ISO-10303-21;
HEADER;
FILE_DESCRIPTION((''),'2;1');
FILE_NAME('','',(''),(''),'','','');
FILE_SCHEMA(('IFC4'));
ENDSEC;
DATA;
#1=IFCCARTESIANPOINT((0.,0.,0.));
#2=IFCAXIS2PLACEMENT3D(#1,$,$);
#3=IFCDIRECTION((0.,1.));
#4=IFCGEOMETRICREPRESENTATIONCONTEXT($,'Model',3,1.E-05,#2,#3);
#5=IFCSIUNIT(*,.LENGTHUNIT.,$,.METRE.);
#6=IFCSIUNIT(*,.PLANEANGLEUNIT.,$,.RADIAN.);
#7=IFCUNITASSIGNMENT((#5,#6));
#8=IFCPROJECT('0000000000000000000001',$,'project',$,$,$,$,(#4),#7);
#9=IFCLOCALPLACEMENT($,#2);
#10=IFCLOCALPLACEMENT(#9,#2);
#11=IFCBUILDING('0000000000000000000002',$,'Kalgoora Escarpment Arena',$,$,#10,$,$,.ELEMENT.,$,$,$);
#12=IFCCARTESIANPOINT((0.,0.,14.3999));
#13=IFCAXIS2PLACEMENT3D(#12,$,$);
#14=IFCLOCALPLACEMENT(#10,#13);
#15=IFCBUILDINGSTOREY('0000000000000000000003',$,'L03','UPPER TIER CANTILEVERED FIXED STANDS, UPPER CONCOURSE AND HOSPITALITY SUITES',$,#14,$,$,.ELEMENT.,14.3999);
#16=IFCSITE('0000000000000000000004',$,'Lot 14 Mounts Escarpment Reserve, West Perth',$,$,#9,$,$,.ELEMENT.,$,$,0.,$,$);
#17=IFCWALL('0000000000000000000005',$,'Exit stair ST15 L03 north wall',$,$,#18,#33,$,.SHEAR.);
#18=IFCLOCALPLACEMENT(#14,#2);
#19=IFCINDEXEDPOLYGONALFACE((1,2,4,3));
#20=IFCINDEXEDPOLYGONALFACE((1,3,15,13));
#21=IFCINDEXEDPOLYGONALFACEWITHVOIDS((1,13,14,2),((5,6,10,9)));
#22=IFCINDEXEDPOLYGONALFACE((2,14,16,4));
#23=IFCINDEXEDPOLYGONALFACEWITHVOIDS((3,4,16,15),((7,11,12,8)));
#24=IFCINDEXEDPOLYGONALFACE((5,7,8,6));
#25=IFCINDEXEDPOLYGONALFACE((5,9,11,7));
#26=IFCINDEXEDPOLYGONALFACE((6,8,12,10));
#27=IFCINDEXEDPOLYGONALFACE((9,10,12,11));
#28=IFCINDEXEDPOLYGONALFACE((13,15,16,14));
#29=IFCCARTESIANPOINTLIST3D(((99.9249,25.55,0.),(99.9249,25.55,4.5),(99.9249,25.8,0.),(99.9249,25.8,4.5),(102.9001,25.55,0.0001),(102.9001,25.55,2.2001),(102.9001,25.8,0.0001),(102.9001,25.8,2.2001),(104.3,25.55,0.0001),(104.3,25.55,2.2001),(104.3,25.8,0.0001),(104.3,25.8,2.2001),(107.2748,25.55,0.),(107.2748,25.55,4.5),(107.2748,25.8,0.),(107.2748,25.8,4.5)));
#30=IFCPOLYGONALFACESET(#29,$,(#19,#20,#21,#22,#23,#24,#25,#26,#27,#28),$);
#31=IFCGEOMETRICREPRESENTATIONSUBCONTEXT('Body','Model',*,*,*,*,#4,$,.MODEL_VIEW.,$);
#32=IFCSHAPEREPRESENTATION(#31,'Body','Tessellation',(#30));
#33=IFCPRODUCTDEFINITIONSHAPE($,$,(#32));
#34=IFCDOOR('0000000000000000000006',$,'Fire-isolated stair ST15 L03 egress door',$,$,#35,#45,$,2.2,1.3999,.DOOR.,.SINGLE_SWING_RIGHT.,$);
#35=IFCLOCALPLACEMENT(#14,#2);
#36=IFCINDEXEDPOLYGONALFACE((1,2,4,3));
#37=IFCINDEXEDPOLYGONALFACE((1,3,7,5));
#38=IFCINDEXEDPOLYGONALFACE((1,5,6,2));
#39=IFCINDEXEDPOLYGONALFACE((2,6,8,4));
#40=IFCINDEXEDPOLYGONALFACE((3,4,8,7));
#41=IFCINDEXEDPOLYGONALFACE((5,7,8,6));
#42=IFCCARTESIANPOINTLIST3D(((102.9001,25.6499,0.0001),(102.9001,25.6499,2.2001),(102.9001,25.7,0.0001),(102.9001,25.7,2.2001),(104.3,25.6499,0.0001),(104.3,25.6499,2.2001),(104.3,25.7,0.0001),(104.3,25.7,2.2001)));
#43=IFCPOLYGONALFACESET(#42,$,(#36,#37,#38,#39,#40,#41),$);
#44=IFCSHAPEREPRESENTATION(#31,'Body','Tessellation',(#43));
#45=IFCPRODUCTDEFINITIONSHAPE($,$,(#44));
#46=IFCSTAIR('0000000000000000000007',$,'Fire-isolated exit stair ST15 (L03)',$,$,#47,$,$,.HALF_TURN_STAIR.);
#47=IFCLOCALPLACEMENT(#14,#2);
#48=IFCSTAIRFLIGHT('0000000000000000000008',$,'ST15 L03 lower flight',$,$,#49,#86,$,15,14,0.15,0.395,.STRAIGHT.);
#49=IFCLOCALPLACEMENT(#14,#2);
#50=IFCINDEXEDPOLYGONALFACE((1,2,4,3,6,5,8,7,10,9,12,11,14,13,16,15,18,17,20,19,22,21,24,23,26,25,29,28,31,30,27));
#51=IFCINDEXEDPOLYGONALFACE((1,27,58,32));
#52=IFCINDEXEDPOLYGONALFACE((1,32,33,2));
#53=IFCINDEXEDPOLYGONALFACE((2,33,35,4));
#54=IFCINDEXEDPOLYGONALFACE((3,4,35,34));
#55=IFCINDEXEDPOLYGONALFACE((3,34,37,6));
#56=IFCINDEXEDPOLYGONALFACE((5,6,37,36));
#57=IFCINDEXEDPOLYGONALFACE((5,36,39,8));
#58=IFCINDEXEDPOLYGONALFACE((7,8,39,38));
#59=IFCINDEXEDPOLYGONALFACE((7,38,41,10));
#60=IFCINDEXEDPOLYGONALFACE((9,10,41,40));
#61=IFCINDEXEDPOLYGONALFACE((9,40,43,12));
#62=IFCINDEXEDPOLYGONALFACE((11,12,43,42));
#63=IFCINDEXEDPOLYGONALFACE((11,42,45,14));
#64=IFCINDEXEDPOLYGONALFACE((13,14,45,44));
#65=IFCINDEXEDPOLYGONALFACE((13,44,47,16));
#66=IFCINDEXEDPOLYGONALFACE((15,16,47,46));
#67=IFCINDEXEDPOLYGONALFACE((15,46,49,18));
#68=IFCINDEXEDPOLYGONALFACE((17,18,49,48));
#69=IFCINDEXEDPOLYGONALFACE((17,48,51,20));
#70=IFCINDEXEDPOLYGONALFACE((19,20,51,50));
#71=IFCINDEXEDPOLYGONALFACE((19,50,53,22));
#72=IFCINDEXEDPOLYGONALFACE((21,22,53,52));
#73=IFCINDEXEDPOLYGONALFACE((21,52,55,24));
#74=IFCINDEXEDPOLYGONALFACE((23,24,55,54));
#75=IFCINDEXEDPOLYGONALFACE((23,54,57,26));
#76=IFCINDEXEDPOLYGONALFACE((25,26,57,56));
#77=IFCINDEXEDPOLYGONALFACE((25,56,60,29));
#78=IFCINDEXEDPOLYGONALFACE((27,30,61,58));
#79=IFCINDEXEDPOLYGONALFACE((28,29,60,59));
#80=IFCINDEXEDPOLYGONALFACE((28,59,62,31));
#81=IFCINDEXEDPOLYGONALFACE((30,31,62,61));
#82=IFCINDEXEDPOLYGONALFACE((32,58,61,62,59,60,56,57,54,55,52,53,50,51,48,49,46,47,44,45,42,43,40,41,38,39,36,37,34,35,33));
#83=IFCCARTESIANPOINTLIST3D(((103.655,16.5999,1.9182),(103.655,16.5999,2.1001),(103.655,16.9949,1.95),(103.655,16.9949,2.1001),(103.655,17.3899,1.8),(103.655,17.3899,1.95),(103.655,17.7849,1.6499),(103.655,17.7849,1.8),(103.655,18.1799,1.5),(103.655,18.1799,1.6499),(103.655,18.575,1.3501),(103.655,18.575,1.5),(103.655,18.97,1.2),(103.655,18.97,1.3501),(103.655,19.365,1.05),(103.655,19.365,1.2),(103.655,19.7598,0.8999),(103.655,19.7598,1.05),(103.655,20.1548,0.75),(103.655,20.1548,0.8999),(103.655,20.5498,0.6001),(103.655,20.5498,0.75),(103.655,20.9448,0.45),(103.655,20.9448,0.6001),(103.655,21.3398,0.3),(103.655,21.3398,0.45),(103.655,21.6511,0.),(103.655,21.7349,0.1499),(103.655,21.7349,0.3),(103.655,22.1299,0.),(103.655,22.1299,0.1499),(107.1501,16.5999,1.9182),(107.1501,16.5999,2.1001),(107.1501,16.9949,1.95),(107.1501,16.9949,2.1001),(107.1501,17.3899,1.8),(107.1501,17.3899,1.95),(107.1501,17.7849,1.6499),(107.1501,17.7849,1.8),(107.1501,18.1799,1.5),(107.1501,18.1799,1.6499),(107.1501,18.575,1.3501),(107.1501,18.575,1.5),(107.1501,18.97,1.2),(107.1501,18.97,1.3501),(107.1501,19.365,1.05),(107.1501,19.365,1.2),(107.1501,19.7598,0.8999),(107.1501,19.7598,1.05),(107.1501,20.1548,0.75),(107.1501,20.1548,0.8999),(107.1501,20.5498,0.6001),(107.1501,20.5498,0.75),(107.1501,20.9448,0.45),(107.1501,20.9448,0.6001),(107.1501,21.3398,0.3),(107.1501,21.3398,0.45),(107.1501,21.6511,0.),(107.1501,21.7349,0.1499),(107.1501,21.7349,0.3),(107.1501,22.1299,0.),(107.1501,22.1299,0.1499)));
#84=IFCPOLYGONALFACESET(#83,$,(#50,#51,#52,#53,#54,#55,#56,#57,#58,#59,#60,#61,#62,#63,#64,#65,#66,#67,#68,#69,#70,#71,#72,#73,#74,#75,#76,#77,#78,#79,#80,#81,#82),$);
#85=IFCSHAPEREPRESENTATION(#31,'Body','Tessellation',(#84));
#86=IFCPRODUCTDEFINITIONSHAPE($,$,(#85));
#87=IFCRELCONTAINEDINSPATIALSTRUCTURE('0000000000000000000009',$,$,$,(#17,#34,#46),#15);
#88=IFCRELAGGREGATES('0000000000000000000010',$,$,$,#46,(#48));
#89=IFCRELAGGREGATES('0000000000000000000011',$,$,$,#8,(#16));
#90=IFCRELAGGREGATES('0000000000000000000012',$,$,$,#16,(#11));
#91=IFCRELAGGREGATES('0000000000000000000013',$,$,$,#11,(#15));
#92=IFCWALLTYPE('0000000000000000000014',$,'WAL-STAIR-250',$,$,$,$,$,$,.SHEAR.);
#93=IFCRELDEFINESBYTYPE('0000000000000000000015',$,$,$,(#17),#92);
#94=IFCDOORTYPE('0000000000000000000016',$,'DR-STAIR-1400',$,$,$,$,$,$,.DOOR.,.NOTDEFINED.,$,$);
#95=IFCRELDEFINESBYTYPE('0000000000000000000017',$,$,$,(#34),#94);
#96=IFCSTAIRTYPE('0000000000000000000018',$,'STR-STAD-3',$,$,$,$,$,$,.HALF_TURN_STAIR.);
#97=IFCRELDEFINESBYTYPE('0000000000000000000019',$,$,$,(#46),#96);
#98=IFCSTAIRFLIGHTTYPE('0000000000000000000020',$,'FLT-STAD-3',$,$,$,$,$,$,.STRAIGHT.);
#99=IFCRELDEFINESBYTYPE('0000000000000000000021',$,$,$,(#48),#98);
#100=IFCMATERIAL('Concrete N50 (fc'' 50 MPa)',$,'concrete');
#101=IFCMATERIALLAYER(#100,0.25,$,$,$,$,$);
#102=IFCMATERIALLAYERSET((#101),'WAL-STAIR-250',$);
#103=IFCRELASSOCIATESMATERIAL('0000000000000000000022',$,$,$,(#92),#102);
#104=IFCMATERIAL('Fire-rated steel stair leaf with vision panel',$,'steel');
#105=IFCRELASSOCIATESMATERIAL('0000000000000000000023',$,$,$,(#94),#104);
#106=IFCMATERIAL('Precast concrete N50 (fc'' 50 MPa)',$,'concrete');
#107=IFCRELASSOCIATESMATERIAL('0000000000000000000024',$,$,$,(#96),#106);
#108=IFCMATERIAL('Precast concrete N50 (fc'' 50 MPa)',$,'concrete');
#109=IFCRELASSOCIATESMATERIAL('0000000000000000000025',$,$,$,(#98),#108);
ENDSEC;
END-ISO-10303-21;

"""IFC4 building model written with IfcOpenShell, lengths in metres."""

from ifc_helpers import new_model, si_unit, direction, frame, frame_2d, origin, place, context, subcontext, project, spatial, polyline, rectangle, outline, extrude, material, layer, layer_set, type_object, element, fill, aggregate, save


model = new_model("IFC4")

# Units and contexts
model_context = context("Model", 3, precision=1e-05, world=origin(), true_north=direction((0.0, 1.0)))
body_context = subcontext(model_context, "Body", "Model", "MODEL_VIEW")
ifc_project = project(units=[si_unit("LENGTHUNIT", "METRE"), si_unit("PLANEANGLEUNIT", "RADIAN")], contexts=[model_context])

# Site, building, storey
site_placement = place(None, origin())
site = spatial("IfcSite", under=ifc_project, at=site_placement, Name="Lot 14 Mounts Escarpment Reserve, West Perth", CompositionType="ELEMENT", RefElevation=0.0)
building_placement = place(site_placement, origin())
building = spatial("IfcBuilding", under=site, at=building_placement, Name="Kalgoora Escarpment Arena", CompositionType="ELEMENT")
storey_placement = place(building_placement, frame((0.0, 0.0, 14.3999)))
storey = spatial("IfcBuildingStorey", under=building, at=storey_placement, Name="L03", Description="UPPER TIER CANTILEVERED FIXED STANDS, UPPER CONCOURSE AND HOSPITALITY SUITES", CompositionType="ELEMENT", Elevation=14.3999)

# Wall, opening, door
ifc_material_1 = material(Name="Concrete N50 (fc' 50 MPa)", Category="concrete")
ifc_layer_1 = layer(ifc_material_1, 0.25)
ifc_layer_set_1 = layer_set([ifc_layer_1], Name="WAL-STAIR-250")
wall_type_1 = type_object("IfcWallType", Name="WAL-STAIR-250", PredefinedType="SHEAR", material=ifc_layer_set_1)
wall_1_placement = place(storey_placement, frame((99.925, 25.675, 0.0), z_axis=(0.0, 0.0, 1.0), x_axis=(1.0, 0.0, 0.0)))
wall_1 = element("IfcWall", 1, at=wall_1_placement, inside=storey, type_object=wall_type_1, Name="Exit stair ST15 L03 north wall", PredefinedType="SHEAR", context=body_context, shape_type="SweptSolid", body=[
    extrude(rectangle(XDim=7.3499, YDim=0.25, at=frame_2d((3.6748, 0.0))), origin(), (0.0, 0.0, 1.0), 4.5),
])
opening_1_placement = place(wall_1_placement, frame((2.9751, 0.0, 0.0)))
opening_1 = element("IfcOpeningElement", 2, at=opening_1_placement, cuts=wall_1, PredefinedType="OPENING", context=body_context, shape_type="SweptSolid", body=[
    extrude(rectangle(XDim=1.3999, YDim=2.2, at=frame_2d((0.7, 1.1001))), frame((0.0, 0.135, 0.0), z_axis=(0.0, -1.0, 0.0), x_axis=(1.0, 0.0, 0.0)), (0.0, 0.0, 1.0), 0.27),
])
ifc_material_2 = material(Name="Fire-rated steel stair leaf with vision panel", Category="steel")
door_type_1 = type_object("IfcDoorType", Name="DR-STAIR-1400", OperationType="NOTDEFINED", PredefinedType="DOOR", material=ifc_material_2)
door_1_placement = place(opening_1_placement, origin())
door_1 = element("IfcDoor", 3, at=door_1_placement, inside=storey, type_object=door_type_1, Name="Fire-isolated stair ST15 L03 egress door", OperationType="SINGLE_SWING_RIGHT", OverallHeight=2.2, OverallWidth=1.3999, PredefinedType="DOOR", context=body_context, shape_type="SweptSolid", body=[
    extrude(rectangle(XDim=1.3999, YDim=2.2, at=frame_2d((0.7, 1.1001))), frame((0.0, 0.0249, 0.0), z_axis=(0.0, -1.0, 0.0), x_axis=(1.0, 0.0, 0.0)), (0.0, 0.0, 1.0), 0.05),
])
fill(opening_1, door_1)

# Stair, stair flight
ifc_material_3 = material(Name="Precast concrete N50 (fc' 50 MPa)", Category="concrete")
stair_type = type_object("IfcStairType", Name="STR-STAD-3", PredefinedType="HALF_TURN_STAIR", material=ifc_material_3)
stair_placement = place(storey_placement, origin())
stair = element("IfcStair", 4, at=stair_placement, inside=storey, type_object=stair_type, Name="Fire-isolated exit stair ST15 (L03)", PredefinedType="HALF_TURN_STAIR")
ifc_material_4 = material(Name="Precast concrete N50 (fc' 50 MPa)", Category="concrete")
stair_flight_type = type_object("IfcStairFlightType", Name="FLT-STAD-3", PredefinedType="STRAIGHT", material=ifc_material_4)
stair_flight_placement = place(storey_placement, frame((105.4026, 22.1299, 0.0), z_axis=(0.0, 0.0, 1.0), x_axis=(0.0, -1.0, 0.0)))
stair_flight = element("IfcStairFlight", 5, at=stair_flight_placement, type_object=stair_flight_type, Name="ST15 L03 lower flight", NumberOfRisers=15, NumberOfTreads=14, PredefinedType="STRAIGHT", RiserHeight=0.15, TreadLength=0.395, context=body_context, shape_type="SweptSolid", body=[
    extrude(outline(polyline([(0.0, 0.0), (0.0, 0.1499), (0.395, 0.1499), (0.395, 0.3), (0.79, 0.3), (0.79, 0.45), (1.1851, 0.45), (1.1851, 0.6001), (1.5801, 0.6001), (1.5801, 0.75), (1.9751, 0.75), (1.9751, 0.8999), (2.3701, 0.8999), (2.3701, 1.05), (2.7649, 1.05), (2.7649, 1.2), (3.1599, 1.2), (3.1599, 1.3501), (3.5549, 1.3501), (3.5549, 1.5), (3.95, 1.5), (3.95, 1.6499), (4.345, 1.6499), (4.345, 1.8), (4.74, 1.8), (4.74, 1.95), (5.135, 1.95), (5.135, 2.1001), (5.53, 2.1001), (5.53, 2.25), (5.53, 1.9182), (0.4788, 0.0), (0.0, 0.0)])), frame((0.0, 1.7476, 0.0), z_axis=(0.0, -1.0, 0.0), x_axis=(1.0, 0.0, 0.0)), (0.0, 0.0, 1.0), 3.4951),
])
aggregate(stair, [stair_flight])

save(model, "model.ifc")
